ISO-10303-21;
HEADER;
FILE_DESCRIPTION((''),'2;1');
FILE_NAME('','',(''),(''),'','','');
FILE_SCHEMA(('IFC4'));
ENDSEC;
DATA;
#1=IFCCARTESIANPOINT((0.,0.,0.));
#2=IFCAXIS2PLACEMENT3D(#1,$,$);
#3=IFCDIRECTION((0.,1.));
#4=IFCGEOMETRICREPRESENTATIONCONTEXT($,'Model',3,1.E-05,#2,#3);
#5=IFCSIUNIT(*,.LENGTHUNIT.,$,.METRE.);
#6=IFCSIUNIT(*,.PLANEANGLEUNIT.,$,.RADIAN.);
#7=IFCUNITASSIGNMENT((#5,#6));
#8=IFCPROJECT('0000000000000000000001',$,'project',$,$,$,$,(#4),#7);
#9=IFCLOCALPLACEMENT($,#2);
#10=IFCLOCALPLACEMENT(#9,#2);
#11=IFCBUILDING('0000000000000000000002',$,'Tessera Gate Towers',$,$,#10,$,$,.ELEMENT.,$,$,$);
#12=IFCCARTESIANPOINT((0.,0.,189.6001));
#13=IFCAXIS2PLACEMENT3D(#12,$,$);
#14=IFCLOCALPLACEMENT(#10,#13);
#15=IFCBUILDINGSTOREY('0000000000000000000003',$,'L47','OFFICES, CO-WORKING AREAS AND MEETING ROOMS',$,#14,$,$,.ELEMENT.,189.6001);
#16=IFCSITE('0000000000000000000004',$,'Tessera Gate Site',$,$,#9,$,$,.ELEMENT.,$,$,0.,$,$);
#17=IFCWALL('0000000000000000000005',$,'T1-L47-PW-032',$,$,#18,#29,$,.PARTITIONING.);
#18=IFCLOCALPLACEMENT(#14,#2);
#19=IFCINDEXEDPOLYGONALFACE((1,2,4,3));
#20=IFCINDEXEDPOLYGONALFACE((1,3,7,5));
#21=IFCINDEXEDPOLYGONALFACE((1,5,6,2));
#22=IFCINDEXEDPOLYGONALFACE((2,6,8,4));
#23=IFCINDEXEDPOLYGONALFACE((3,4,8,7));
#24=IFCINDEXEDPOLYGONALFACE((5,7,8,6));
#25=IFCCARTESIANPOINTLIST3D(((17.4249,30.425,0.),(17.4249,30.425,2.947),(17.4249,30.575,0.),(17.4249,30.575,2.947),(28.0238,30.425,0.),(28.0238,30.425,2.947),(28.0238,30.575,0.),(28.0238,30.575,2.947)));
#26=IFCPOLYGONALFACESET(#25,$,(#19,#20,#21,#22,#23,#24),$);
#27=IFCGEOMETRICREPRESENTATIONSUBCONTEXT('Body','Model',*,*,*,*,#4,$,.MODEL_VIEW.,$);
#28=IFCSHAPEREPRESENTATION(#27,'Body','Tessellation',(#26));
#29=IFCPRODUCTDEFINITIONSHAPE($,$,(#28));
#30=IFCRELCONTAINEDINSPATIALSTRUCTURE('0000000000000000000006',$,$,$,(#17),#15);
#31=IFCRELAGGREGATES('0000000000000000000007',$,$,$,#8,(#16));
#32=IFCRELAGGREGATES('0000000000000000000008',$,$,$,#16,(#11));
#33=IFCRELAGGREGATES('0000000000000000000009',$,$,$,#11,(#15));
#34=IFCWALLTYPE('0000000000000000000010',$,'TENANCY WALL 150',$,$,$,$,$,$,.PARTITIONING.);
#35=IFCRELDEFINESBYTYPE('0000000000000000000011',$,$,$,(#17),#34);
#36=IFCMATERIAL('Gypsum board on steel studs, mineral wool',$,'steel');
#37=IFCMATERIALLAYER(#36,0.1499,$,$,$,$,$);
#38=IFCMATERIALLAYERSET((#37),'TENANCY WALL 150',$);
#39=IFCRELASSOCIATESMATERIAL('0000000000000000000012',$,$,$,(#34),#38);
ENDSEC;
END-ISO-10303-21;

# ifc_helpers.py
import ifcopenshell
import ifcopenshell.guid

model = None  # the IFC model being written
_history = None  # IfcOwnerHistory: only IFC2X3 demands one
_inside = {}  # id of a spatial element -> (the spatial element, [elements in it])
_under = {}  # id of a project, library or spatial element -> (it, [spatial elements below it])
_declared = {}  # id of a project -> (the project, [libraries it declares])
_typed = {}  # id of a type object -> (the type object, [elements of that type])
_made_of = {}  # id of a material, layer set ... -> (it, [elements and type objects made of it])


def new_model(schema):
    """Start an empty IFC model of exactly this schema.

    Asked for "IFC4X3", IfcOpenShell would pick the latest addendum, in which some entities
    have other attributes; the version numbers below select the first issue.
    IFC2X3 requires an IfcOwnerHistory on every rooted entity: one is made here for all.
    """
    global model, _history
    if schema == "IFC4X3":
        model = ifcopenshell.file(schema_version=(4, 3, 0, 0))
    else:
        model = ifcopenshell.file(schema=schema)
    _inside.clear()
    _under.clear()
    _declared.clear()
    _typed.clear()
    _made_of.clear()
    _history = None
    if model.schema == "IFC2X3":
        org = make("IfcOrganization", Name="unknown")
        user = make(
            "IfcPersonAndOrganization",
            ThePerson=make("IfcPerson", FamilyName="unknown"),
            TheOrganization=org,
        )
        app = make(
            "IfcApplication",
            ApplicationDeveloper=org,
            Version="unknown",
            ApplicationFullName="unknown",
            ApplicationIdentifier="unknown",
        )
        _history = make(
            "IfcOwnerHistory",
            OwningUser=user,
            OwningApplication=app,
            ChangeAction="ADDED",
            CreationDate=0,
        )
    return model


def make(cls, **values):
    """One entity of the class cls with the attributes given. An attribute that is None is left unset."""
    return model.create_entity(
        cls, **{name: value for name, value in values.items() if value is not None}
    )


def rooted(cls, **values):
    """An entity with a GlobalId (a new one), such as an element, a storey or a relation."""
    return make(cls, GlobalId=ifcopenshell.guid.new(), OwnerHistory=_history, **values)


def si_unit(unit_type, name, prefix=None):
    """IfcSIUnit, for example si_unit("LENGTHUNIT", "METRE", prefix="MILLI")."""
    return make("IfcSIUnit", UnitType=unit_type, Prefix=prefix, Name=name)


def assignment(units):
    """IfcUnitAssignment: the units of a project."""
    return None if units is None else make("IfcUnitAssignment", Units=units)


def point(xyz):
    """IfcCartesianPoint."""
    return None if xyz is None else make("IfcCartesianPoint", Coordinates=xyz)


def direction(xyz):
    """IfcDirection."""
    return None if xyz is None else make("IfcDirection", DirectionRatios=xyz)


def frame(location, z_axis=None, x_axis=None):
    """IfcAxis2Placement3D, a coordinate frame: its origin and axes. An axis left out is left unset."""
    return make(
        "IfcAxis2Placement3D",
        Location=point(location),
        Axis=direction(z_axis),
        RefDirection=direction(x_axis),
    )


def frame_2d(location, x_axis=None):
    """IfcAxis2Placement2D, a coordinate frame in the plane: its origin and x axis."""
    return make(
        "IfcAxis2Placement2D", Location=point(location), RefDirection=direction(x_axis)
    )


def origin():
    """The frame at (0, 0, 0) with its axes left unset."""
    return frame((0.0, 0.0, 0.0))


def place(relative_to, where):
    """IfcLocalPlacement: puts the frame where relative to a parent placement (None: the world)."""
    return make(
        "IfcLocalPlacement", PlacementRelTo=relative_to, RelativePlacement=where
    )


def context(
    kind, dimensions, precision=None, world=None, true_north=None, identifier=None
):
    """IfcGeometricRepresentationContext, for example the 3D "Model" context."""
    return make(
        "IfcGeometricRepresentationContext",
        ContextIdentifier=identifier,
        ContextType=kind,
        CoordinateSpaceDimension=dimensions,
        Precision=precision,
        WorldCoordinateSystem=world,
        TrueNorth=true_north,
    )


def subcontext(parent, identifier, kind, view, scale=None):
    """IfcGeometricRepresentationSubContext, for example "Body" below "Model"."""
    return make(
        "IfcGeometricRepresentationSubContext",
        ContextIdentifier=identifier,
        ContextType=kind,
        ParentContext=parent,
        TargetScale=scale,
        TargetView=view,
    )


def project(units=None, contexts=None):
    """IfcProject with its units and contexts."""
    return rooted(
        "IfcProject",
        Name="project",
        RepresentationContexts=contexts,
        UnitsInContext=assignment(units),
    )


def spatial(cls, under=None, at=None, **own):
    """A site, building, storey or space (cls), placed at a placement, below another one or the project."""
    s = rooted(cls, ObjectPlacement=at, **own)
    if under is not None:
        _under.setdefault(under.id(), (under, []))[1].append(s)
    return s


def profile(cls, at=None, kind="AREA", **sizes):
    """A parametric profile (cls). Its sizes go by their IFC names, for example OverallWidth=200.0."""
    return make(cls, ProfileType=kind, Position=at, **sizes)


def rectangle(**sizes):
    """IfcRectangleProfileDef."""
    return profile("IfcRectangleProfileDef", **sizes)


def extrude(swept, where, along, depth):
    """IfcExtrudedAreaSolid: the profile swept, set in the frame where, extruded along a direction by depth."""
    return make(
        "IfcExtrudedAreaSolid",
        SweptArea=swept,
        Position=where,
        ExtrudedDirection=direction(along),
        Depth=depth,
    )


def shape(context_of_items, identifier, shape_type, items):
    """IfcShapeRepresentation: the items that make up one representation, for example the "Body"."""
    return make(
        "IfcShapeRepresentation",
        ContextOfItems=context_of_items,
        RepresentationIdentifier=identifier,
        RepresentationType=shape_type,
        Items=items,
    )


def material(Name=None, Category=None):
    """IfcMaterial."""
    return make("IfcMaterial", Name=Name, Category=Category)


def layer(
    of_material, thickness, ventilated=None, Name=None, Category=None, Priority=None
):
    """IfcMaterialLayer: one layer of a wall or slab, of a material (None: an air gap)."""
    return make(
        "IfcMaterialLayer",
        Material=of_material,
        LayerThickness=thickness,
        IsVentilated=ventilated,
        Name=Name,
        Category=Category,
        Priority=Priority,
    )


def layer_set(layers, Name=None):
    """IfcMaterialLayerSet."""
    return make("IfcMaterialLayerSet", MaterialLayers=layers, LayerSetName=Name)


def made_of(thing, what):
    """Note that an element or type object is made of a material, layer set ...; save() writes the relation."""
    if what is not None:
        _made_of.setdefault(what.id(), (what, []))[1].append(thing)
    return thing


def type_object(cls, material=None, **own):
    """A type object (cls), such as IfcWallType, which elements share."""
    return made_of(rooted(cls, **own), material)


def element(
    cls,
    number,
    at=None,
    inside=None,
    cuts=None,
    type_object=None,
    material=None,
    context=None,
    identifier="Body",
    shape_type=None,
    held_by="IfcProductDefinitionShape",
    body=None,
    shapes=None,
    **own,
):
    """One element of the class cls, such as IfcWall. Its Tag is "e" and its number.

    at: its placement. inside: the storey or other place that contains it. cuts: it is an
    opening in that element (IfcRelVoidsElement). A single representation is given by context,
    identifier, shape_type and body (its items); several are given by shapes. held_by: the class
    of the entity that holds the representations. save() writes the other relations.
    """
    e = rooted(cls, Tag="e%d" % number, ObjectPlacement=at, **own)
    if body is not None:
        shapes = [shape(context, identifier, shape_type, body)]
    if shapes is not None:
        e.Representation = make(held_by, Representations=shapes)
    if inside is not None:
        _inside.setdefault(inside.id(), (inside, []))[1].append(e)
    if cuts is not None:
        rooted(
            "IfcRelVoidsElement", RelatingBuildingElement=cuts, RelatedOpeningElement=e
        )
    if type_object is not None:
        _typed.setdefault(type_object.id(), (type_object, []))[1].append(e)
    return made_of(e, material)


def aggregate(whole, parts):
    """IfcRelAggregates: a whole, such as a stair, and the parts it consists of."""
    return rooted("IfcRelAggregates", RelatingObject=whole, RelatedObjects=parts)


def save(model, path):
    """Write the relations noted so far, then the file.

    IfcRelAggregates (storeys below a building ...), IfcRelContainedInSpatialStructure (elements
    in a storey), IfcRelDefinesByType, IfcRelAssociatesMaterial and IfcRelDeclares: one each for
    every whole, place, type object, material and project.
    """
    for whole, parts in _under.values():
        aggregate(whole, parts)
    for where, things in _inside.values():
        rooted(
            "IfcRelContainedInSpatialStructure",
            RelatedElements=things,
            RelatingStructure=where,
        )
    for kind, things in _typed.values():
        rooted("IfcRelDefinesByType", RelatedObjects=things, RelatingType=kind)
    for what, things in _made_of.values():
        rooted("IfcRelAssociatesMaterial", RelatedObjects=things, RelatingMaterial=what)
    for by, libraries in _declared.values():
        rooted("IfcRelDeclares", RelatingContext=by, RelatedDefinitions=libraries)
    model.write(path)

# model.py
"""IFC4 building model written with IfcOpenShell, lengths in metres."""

from ifc_helpers import new_model, si_unit, direction, frame, frame_2d, origin, place, context, subcontext, project, spatial, rectangle, extrude, material, layer, layer_set, type_object, element, save


model = new_model("IFC4")

# Units and contexts
model_context = context("Model", 3, precision=1e-05, world=origin(), true_north=direction((0.0, 1.0)))
body_context = subcontext(model_context, "Body", "Model", "MODEL_VIEW")
ifc_project = project(units=[si_unit("LENGTHUNIT", "METRE"), si_unit("PLANEANGLEUNIT", "RADIAN")], contexts=[model_context])

# Site, building, storey
site_placement = place(None, origin())
site = spatial("IfcSite", under=ifc_project, at=site_placement, Name="Tessera Gate Site", CompositionType="ELEMENT", RefElevation=0.0)
building_placement = place(site_placement, origin())
building = spatial("IfcBuilding", under=site, at=building_placement, Name="Tessera Gate Towers", CompositionType="ELEMENT")
storey_placement = place(building_placement, frame((0.0, 0.0, 189.6001)))
storey = spatial("IfcBuildingStorey", under=building, at=storey_placement, Name="L47", Description="OFFICES, CO-WORKING AREAS AND MEETING ROOMS", CompositionType="ELEMENT", Elevation=189.6001)

# Wall
ifc_material_1 = material(Name="Gypsum board on steel studs, mineral wool", Category="steel")
ifc_layer_1 = layer(ifc_material_1, 0.1499)
ifc_layer_set_1 = layer_set([ifc_layer_1], Name="TENANCY WALL 150")
wall_type_1 = type_object("IfcWallType", Name="TENANCY WALL 150", PredefinedType="PARTITIONING", material=ifc_layer_set_1)
wall_1_placement = place(storey_placement, frame((17.425, 30.5, 0.0), z_axis=(0.0, 0.0, 1.0), x_axis=(1.0, 0.0, 0.0)))
element("IfcWall", 1, at=wall_1_placement, inside=storey, type_object=wall_type_1, Name="T1-L47-PW-032", PredefinedType="PARTITIONING", context=body_context, shape_type="SweptSolid", body=[
    extrude(rectangle(XDim=10.5989, YDim=0.1499, at=frame_2d((5.2993, 0.0))), origin(), (0.0, 0.0, 1.0), 2.947),
])

save(model, "model.ifc")
